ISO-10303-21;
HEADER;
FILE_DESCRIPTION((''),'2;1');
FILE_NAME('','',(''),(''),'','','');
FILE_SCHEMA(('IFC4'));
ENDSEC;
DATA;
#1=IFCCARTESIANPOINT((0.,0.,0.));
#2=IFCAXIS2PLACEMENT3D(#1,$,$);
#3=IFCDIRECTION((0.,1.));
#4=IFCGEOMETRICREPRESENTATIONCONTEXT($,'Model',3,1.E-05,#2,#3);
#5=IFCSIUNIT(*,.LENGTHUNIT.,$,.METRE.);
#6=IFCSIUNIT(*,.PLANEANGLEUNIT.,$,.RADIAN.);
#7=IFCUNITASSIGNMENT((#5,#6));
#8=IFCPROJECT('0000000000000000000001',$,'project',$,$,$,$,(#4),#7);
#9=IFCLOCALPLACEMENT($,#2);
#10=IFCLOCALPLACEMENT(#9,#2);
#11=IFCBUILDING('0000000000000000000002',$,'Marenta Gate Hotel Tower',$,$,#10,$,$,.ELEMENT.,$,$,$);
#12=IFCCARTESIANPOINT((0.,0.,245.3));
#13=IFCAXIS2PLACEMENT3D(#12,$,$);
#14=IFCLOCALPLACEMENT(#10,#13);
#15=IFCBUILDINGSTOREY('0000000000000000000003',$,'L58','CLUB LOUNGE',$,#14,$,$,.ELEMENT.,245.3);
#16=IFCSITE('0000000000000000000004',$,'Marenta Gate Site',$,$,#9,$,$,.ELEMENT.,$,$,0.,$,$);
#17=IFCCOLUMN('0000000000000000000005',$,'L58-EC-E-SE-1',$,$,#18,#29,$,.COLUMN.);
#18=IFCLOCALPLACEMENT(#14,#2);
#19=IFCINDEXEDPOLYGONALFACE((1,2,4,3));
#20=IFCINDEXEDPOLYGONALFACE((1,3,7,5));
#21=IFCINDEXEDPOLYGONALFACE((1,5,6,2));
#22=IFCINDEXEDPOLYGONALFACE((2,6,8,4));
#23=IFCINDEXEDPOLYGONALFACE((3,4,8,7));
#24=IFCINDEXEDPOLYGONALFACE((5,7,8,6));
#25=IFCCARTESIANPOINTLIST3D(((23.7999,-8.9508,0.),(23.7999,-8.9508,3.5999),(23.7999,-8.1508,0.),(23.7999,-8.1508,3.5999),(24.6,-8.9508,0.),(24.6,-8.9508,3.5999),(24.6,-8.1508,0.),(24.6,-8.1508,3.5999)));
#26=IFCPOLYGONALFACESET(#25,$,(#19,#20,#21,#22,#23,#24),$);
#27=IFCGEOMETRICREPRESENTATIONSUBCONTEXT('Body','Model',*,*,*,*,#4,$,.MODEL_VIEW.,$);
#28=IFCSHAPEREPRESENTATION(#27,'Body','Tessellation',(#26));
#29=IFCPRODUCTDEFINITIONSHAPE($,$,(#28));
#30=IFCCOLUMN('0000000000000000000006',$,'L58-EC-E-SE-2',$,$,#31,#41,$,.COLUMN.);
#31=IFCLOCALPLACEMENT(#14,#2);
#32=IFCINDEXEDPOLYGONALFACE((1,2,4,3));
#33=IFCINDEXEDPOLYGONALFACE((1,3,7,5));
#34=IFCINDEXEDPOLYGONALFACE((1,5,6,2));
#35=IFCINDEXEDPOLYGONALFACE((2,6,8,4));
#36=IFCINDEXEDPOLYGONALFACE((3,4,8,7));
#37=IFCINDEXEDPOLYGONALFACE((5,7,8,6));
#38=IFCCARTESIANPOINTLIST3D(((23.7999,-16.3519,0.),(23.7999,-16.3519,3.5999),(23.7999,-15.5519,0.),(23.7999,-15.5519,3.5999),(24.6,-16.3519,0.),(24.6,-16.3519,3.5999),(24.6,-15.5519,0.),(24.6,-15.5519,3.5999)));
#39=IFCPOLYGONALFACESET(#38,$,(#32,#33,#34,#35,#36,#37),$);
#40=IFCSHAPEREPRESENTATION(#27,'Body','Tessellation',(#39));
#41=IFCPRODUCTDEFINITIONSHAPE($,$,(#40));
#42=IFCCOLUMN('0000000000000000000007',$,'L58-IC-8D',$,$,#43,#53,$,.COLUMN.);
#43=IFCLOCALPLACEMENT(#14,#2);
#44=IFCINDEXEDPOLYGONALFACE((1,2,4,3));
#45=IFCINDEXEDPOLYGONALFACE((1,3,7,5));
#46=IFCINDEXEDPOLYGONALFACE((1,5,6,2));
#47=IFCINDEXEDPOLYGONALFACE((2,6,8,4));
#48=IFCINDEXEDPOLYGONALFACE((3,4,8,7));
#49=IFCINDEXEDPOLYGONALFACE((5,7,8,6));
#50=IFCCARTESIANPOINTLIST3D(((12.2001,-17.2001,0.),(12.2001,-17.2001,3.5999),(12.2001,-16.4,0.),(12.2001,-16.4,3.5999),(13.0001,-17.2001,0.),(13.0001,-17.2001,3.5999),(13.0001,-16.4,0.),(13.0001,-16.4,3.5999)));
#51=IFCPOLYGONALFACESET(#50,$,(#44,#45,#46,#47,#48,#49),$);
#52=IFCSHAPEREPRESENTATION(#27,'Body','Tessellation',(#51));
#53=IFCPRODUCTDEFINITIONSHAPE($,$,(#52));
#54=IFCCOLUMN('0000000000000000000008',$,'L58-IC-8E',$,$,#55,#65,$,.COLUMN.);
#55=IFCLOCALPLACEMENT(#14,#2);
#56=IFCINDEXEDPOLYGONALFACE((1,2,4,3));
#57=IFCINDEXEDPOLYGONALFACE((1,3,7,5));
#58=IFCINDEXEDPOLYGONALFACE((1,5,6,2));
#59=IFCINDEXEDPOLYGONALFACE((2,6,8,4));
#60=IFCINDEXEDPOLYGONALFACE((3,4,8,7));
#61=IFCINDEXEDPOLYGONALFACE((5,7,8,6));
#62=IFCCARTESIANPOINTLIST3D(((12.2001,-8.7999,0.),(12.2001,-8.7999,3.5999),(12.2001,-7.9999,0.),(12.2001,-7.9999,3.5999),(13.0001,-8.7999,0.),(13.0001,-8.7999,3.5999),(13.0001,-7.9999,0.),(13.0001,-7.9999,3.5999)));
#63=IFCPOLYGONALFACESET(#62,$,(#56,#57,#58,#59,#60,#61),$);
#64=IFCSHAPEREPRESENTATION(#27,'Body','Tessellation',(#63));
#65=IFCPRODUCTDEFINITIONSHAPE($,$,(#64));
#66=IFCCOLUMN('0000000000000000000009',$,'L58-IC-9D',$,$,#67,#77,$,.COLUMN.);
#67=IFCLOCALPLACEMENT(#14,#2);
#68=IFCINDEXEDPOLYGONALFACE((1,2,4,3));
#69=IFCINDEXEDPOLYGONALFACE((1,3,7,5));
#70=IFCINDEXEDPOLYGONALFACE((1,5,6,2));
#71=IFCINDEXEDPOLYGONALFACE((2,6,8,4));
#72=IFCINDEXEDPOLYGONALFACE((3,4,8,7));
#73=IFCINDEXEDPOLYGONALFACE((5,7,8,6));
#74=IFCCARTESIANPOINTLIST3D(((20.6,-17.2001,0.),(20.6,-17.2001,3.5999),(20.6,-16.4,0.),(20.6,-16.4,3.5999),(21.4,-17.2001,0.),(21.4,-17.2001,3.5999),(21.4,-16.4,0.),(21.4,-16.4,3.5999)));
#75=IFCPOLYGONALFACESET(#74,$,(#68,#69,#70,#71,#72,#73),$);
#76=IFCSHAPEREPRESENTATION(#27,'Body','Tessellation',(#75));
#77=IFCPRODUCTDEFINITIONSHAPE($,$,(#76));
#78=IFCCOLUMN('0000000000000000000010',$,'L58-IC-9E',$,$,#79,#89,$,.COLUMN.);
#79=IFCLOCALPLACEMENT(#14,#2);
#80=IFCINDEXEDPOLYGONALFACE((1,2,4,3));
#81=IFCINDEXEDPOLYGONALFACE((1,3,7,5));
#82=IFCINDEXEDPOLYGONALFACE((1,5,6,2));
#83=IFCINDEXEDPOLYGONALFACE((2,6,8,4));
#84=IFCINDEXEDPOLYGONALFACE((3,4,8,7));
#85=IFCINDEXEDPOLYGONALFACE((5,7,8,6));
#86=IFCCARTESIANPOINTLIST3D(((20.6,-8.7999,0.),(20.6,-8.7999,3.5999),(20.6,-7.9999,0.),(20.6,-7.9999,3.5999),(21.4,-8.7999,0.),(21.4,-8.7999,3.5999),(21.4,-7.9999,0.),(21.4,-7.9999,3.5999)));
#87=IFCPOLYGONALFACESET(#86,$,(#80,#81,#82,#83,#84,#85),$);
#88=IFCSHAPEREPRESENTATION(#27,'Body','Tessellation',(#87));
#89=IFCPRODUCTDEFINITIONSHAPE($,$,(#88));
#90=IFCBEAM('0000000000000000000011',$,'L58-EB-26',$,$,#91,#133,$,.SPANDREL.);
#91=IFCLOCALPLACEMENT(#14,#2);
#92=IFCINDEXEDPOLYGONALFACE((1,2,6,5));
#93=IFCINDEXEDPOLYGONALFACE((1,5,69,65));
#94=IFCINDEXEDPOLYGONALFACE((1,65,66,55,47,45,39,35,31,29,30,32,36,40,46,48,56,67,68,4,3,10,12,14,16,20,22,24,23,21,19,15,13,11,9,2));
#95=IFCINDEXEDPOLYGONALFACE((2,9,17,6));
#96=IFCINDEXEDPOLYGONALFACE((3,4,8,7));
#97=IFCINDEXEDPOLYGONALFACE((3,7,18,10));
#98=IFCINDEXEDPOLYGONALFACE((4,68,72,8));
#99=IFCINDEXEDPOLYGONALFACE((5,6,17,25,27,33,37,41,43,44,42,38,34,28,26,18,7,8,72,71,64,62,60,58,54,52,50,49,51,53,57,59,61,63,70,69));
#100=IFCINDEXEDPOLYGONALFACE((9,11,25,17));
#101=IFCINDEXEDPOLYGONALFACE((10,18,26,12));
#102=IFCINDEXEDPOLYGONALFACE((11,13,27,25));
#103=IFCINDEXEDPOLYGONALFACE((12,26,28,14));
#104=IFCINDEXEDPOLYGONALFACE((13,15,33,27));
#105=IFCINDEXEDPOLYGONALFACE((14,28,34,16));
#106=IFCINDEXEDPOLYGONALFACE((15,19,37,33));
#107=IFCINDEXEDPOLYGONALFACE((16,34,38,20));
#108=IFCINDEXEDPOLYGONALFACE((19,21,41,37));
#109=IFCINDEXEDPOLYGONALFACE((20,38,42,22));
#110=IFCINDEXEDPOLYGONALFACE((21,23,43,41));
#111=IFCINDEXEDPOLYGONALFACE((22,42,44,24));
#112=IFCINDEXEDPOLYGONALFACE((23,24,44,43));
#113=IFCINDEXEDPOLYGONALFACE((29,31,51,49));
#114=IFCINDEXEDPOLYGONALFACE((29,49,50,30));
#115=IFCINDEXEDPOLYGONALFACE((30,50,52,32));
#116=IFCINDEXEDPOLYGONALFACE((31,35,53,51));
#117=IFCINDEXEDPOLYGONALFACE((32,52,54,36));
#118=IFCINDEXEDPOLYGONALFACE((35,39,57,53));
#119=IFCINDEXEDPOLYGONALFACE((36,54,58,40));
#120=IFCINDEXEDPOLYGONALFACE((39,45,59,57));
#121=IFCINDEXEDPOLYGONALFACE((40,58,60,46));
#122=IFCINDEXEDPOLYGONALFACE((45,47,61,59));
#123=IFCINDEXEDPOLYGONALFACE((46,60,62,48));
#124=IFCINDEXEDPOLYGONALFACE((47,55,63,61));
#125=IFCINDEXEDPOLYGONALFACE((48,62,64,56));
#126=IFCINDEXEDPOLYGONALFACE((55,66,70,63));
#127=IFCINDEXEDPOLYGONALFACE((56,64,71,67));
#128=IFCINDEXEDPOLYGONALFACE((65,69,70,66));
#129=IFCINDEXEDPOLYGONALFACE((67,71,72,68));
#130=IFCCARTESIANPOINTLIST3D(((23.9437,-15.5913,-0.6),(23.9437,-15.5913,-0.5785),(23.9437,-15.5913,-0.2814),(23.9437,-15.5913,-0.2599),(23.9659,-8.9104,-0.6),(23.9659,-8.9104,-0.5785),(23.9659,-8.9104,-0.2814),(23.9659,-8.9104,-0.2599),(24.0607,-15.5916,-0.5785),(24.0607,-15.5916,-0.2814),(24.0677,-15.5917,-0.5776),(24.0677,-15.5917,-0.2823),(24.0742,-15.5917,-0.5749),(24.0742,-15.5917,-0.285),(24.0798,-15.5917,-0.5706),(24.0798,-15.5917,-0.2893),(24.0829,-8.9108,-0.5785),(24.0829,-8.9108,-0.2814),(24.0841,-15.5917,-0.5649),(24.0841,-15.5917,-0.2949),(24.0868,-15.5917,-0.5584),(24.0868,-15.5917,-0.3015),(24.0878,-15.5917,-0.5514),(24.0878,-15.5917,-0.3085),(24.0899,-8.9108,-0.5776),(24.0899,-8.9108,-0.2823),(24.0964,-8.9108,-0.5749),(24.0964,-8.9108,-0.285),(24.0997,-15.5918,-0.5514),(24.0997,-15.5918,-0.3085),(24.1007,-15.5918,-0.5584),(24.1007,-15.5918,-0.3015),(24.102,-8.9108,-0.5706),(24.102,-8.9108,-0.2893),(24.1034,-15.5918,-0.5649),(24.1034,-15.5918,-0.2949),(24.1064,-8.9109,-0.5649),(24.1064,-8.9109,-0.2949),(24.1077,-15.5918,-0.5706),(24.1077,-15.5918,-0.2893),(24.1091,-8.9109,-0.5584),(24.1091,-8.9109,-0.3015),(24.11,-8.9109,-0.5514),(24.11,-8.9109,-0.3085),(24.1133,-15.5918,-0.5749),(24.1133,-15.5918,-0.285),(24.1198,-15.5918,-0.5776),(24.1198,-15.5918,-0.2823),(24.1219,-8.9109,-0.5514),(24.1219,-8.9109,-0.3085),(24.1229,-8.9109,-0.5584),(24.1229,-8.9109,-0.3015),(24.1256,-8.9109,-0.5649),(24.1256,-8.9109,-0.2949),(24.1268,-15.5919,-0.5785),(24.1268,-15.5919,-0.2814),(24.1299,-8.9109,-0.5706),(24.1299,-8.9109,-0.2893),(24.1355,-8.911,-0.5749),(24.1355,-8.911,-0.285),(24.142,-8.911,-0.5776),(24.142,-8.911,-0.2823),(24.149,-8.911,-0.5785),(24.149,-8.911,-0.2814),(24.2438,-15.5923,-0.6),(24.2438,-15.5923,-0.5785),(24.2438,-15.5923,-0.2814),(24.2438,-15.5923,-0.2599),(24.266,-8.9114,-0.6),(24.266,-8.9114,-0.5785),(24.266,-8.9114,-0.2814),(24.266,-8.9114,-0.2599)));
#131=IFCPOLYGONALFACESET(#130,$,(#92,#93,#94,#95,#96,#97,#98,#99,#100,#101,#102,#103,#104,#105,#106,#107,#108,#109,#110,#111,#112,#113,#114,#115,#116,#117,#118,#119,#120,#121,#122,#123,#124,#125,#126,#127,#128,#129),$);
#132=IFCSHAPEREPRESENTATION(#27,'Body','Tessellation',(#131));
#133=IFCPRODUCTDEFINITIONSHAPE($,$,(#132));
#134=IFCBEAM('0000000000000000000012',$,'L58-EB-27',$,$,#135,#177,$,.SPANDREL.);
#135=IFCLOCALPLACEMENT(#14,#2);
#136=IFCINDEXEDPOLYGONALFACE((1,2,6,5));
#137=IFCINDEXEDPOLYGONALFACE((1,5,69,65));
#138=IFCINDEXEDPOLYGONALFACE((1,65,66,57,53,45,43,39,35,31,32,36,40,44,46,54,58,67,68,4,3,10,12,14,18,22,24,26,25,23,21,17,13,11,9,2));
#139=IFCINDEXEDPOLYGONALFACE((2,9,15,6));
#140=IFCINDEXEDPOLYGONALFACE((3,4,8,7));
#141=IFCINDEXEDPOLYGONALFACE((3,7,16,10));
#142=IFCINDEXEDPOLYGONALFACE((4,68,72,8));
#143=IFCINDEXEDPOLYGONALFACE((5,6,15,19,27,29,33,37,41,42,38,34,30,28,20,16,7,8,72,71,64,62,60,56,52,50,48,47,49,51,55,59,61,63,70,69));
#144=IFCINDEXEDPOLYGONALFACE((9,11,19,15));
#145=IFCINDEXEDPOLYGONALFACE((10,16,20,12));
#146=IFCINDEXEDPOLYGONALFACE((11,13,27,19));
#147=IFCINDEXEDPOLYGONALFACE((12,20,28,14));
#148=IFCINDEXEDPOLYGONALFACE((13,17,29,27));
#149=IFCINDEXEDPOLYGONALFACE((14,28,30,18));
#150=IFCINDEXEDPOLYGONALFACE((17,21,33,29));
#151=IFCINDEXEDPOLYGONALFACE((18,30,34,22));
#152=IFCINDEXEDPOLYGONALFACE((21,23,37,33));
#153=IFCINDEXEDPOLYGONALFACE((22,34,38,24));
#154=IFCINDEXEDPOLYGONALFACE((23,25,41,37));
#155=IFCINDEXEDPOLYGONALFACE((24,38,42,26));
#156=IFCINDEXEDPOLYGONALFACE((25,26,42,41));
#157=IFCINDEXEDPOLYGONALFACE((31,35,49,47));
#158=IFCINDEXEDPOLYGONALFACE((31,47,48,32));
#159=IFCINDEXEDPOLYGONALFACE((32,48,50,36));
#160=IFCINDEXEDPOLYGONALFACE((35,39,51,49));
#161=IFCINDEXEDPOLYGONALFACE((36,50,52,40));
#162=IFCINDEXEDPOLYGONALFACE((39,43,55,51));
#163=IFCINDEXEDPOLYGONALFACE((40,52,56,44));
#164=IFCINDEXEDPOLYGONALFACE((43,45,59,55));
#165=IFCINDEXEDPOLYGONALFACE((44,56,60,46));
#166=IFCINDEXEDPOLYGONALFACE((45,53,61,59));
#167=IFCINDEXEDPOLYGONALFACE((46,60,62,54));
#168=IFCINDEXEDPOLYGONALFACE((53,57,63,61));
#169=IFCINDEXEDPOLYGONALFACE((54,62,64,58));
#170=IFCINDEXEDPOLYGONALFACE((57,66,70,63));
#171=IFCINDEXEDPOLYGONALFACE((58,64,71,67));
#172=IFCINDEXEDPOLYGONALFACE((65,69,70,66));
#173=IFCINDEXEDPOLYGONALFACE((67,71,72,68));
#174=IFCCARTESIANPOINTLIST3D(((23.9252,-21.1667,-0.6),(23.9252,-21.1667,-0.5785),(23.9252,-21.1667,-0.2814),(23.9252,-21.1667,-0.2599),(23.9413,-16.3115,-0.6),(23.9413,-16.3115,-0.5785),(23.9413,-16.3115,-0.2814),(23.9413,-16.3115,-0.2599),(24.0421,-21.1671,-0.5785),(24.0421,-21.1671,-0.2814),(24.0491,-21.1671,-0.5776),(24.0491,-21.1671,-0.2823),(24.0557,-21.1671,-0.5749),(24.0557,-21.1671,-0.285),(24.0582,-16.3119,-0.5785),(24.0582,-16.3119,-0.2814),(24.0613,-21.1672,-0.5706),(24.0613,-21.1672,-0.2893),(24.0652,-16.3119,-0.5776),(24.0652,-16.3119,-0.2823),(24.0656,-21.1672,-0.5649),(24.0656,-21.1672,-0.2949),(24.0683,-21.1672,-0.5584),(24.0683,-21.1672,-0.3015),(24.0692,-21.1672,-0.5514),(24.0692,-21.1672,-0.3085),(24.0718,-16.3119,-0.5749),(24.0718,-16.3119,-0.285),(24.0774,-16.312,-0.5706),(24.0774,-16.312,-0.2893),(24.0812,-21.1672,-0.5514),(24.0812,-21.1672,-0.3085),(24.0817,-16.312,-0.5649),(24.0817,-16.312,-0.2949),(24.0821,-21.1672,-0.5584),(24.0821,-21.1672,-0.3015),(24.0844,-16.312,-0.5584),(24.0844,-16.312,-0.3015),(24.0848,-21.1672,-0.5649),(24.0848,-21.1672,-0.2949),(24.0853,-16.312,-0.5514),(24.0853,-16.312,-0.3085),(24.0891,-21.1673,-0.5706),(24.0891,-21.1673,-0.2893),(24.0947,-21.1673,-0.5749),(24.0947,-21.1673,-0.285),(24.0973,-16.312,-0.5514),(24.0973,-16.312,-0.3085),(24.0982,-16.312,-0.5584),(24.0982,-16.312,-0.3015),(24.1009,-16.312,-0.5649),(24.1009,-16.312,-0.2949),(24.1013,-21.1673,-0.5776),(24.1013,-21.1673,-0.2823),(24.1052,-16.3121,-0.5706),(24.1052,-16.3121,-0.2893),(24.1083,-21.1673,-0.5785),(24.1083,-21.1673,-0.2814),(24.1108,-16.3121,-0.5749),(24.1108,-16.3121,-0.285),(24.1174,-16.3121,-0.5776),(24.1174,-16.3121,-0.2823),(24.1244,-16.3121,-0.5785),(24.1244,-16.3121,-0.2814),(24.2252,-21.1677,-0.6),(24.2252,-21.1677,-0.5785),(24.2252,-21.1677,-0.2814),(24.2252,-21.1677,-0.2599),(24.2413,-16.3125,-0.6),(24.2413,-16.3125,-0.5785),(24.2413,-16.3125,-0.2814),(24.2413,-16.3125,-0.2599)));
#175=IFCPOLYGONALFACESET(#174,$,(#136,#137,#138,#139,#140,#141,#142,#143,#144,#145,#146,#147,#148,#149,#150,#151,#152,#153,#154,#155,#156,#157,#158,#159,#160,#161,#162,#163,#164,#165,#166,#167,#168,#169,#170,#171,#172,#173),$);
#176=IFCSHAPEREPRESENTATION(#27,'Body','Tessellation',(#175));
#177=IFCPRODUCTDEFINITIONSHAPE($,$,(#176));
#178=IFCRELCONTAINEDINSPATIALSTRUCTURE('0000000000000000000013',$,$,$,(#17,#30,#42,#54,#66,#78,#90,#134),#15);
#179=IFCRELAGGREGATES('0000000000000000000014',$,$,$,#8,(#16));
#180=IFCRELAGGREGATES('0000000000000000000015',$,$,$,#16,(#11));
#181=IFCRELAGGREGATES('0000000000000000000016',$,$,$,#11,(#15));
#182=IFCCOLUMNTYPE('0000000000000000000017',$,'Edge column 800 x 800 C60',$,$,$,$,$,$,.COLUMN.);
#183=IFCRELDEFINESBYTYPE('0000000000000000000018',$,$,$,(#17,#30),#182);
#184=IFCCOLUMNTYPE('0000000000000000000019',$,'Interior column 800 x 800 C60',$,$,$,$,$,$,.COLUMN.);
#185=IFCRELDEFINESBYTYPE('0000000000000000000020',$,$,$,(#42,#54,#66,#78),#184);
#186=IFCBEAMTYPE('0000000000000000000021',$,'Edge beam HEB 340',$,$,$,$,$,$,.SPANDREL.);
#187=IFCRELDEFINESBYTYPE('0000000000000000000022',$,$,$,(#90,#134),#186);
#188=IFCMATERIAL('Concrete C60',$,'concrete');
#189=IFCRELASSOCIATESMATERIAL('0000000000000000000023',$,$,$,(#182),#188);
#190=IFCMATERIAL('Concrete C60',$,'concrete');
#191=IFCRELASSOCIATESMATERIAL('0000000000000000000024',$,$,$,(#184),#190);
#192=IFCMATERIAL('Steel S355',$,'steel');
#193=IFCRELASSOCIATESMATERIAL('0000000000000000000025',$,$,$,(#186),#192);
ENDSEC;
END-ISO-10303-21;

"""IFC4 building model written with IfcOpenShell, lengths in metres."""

from ifc_helpers import new_model, si_unit, direction, frame, origin, origin_2d, place, context, subcontext, project, spatial, rectangle, i_section, extrude, material, material_profile, profile_set, type_object, element, save


model = new_model("IFC4")

# Units and contexts
model_context = context("Model", 3, precision=1e-05, world=origin(), true_north=direction((0.0, 1.0)))
body_context = subcontext(model_context, "Body", "Model", "MODEL_VIEW")
ifc_project = project(units=[si_unit("LENGTHUNIT", "METRE"), si_unit("PLANEANGLEUNIT", "RADIAN")], contexts=[model_context])

# Site, building, storey
site_placement = place(None, origin())
site = spatial("IfcSite", under=ifc_project, at=site_placement, Name="Marenta Gate Site", CompositionType="ELEMENT", RefElevation=0.0)
building_placement = place(site_placement, origin())
building = spatial("IfcBuilding", under=site, at=building_placement, Name="Marenta Gate Hotel Tower", CompositionType="ELEMENT")
storey_placement = place(building_placement, frame((0.0, 0.0, 245.3)))
storey = spatial("IfcBuildingStorey", under=building, at=storey_placement, Name="L58", Description="CLUB LOUNGE", CompositionType="ELEMENT", Elevation=245.3)

# Columns
ifc_material_1 = material(Name="Concrete C60", Category="concrete")
ifc_material_profile_1 = material_profile(ifc_material_1, rectangle(XDim=0.8, YDim=0.8, at=origin_2d()), Name="800 x 800")
ifc_profile_set_1 = profile_set([ifc_material_profile_1], Name="Concrete C60")
column_type_1 = type_object("IfcColumnType", Name="Edge column 800 x 800 C60", PredefinedType="COLUMN", material=ifc_profile_set_1)
for number, where, z_axis, x_axis, name in (
    (1, (24.2, -8.5508, 0.0), (0.0, 0.0, 1.0), (1.0, 0.0, 0.0), "L58-EC-E-SE-1"),
    (2, (24.2, -15.9519, 0.0), (0.0, 0.0, 1.0), (1.0, 0.0, 0.0), "L58-EC-E-SE-2"),
):
    element("IfcColumn", number, at=place(storey_placement, frame(where, z_axis=z_axis, x_axis=x_axis)), inside=storey, type_object=column_type_1, Name=name, PredefinedType="COLUMN", context=body_context, shape_type="SweptSolid", body=[
        extrude(rectangle(XDim=0.8, YDim=0.8, at=origin_2d()), origin(), (0.0, 0.0, 1.0), 3.5999),
    ])
ifc_material_2 = material(Name="Concrete C60", Category="concrete")
ifc_material_profile_2 = material_profile(ifc_material_2, rectangle(XDim=0.8, YDim=0.8, at=origin_2d()), Name="800 x 800")
ifc_profile_set_2 = profile_set([ifc_material_profile_2], Name="Concrete C60")
column_type_2 = type_object("IfcColumnType", Name="Interior column 800 x 800 C60", PredefinedType="COLUMN", material=ifc_profile_set_2)
for number, where, z_axis, x_axis, name in (
    (3, (12.6001, -16.8, 0.0), (0.0, 0.0, 1.0), (1.0, 0.0, 0.0), "L58-IC-8D"),
    (4, (12.6001, -8.3999, 0.0), (0.0, 0.0, 1.0), (1.0, 0.0, 0.0), "L58-IC-8E"),
    (5, (21.0, -16.8, 0.0), (0.0, 0.0, 1.0), (1.0, 0.0, 0.0), "L58-IC-9D"),
    (6, (21.0, -8.3999, 0.0), (0.0, 0.0, 1.0), (1.0, 0.0, 0.0), "L58-IC-9E"),
):
    element("IfcColumn", number, at=place(storey_placement, frame(where, z_axis=z_axis, x_axis=x_axis)), inside=storey, type_object=column_type_2, Name=name, PredefinedType="COLUMN", context=body_context, shape_type="SweptSolid", body=[
        extrude(rectangle(XDim=0.8, YDim=0.8, at=origin_2d()), origin(), (0.0, 0.0, 1.0), 3.5999),
    ])

# Beams
ifc_material_3 = material(Name="Steel S355", Category="steel")
ifc_material_profile_3 = material_profile(ifc_material_3, i_section(OverallWidth=0.3, OverallDepth=0.3401, WebThickness=0.012, FlangeThickness=0.0215, FilletRadius=0.0271, at=origin_2d()), Name="HEB 340")
ifc_profile_set_3 = profile_set([ifc_material_profile_3], Name="Steel S355")
beam_type_1 = type_object("IfcBeamType", Name="Edge beam HEB 340", PredefinedType="SPANDREL", material=ifc_profile_set_3)
beam_1_placement = place(storey_placement, frame((24.116, -8.9109, -0.4299), z_axis=(-0.003325, -0.999994, 0.0), x_axis=(0.999994, -0.003325, 0.0)))
element("IfcBeam", 7, at=beam_1_placement, inside=storey, type_object=beam_type_1, Name="L58-EB-26", PredefinedType="SPANDREL", context=body_context, shape_type="SweptSolid", body=[
    extrude(i_section(OverallWidth=0.3, OverallDepth=0.3401, WebThickness=0.012, FlangeThickness=0.0215, FilletRadius=0.0271, at=origin_2d()), origin(), (0.0, 0.0, 1.0), 6.6809),
])
beam_2_placement = place(storey_placement, frame((24.0913, -16.312, -0.4299), z_axis=(-0.003319, -0.999994, 0.0), x_axis=(0.999994, -0.003319, 0.0)))
element("IfcBeam", 8, at=beam_2_placement, inside=storey, type_object=beam_type_1, Name="L58-EB-27", PredefinedType="SPANDREL", context=body_context, shape_type="SweptSolid", body=[
    extrude(i_section(OverallWidth=0.3, OverallDepth=0.3401, WebThickness=0.012, FlangeThickness=0.0215, FilletRadius=0.0271, at=origin_2d()), origin(), (0.0, 0.0, 1.0), 4.8552),
])

save(model, "model.ifc")
